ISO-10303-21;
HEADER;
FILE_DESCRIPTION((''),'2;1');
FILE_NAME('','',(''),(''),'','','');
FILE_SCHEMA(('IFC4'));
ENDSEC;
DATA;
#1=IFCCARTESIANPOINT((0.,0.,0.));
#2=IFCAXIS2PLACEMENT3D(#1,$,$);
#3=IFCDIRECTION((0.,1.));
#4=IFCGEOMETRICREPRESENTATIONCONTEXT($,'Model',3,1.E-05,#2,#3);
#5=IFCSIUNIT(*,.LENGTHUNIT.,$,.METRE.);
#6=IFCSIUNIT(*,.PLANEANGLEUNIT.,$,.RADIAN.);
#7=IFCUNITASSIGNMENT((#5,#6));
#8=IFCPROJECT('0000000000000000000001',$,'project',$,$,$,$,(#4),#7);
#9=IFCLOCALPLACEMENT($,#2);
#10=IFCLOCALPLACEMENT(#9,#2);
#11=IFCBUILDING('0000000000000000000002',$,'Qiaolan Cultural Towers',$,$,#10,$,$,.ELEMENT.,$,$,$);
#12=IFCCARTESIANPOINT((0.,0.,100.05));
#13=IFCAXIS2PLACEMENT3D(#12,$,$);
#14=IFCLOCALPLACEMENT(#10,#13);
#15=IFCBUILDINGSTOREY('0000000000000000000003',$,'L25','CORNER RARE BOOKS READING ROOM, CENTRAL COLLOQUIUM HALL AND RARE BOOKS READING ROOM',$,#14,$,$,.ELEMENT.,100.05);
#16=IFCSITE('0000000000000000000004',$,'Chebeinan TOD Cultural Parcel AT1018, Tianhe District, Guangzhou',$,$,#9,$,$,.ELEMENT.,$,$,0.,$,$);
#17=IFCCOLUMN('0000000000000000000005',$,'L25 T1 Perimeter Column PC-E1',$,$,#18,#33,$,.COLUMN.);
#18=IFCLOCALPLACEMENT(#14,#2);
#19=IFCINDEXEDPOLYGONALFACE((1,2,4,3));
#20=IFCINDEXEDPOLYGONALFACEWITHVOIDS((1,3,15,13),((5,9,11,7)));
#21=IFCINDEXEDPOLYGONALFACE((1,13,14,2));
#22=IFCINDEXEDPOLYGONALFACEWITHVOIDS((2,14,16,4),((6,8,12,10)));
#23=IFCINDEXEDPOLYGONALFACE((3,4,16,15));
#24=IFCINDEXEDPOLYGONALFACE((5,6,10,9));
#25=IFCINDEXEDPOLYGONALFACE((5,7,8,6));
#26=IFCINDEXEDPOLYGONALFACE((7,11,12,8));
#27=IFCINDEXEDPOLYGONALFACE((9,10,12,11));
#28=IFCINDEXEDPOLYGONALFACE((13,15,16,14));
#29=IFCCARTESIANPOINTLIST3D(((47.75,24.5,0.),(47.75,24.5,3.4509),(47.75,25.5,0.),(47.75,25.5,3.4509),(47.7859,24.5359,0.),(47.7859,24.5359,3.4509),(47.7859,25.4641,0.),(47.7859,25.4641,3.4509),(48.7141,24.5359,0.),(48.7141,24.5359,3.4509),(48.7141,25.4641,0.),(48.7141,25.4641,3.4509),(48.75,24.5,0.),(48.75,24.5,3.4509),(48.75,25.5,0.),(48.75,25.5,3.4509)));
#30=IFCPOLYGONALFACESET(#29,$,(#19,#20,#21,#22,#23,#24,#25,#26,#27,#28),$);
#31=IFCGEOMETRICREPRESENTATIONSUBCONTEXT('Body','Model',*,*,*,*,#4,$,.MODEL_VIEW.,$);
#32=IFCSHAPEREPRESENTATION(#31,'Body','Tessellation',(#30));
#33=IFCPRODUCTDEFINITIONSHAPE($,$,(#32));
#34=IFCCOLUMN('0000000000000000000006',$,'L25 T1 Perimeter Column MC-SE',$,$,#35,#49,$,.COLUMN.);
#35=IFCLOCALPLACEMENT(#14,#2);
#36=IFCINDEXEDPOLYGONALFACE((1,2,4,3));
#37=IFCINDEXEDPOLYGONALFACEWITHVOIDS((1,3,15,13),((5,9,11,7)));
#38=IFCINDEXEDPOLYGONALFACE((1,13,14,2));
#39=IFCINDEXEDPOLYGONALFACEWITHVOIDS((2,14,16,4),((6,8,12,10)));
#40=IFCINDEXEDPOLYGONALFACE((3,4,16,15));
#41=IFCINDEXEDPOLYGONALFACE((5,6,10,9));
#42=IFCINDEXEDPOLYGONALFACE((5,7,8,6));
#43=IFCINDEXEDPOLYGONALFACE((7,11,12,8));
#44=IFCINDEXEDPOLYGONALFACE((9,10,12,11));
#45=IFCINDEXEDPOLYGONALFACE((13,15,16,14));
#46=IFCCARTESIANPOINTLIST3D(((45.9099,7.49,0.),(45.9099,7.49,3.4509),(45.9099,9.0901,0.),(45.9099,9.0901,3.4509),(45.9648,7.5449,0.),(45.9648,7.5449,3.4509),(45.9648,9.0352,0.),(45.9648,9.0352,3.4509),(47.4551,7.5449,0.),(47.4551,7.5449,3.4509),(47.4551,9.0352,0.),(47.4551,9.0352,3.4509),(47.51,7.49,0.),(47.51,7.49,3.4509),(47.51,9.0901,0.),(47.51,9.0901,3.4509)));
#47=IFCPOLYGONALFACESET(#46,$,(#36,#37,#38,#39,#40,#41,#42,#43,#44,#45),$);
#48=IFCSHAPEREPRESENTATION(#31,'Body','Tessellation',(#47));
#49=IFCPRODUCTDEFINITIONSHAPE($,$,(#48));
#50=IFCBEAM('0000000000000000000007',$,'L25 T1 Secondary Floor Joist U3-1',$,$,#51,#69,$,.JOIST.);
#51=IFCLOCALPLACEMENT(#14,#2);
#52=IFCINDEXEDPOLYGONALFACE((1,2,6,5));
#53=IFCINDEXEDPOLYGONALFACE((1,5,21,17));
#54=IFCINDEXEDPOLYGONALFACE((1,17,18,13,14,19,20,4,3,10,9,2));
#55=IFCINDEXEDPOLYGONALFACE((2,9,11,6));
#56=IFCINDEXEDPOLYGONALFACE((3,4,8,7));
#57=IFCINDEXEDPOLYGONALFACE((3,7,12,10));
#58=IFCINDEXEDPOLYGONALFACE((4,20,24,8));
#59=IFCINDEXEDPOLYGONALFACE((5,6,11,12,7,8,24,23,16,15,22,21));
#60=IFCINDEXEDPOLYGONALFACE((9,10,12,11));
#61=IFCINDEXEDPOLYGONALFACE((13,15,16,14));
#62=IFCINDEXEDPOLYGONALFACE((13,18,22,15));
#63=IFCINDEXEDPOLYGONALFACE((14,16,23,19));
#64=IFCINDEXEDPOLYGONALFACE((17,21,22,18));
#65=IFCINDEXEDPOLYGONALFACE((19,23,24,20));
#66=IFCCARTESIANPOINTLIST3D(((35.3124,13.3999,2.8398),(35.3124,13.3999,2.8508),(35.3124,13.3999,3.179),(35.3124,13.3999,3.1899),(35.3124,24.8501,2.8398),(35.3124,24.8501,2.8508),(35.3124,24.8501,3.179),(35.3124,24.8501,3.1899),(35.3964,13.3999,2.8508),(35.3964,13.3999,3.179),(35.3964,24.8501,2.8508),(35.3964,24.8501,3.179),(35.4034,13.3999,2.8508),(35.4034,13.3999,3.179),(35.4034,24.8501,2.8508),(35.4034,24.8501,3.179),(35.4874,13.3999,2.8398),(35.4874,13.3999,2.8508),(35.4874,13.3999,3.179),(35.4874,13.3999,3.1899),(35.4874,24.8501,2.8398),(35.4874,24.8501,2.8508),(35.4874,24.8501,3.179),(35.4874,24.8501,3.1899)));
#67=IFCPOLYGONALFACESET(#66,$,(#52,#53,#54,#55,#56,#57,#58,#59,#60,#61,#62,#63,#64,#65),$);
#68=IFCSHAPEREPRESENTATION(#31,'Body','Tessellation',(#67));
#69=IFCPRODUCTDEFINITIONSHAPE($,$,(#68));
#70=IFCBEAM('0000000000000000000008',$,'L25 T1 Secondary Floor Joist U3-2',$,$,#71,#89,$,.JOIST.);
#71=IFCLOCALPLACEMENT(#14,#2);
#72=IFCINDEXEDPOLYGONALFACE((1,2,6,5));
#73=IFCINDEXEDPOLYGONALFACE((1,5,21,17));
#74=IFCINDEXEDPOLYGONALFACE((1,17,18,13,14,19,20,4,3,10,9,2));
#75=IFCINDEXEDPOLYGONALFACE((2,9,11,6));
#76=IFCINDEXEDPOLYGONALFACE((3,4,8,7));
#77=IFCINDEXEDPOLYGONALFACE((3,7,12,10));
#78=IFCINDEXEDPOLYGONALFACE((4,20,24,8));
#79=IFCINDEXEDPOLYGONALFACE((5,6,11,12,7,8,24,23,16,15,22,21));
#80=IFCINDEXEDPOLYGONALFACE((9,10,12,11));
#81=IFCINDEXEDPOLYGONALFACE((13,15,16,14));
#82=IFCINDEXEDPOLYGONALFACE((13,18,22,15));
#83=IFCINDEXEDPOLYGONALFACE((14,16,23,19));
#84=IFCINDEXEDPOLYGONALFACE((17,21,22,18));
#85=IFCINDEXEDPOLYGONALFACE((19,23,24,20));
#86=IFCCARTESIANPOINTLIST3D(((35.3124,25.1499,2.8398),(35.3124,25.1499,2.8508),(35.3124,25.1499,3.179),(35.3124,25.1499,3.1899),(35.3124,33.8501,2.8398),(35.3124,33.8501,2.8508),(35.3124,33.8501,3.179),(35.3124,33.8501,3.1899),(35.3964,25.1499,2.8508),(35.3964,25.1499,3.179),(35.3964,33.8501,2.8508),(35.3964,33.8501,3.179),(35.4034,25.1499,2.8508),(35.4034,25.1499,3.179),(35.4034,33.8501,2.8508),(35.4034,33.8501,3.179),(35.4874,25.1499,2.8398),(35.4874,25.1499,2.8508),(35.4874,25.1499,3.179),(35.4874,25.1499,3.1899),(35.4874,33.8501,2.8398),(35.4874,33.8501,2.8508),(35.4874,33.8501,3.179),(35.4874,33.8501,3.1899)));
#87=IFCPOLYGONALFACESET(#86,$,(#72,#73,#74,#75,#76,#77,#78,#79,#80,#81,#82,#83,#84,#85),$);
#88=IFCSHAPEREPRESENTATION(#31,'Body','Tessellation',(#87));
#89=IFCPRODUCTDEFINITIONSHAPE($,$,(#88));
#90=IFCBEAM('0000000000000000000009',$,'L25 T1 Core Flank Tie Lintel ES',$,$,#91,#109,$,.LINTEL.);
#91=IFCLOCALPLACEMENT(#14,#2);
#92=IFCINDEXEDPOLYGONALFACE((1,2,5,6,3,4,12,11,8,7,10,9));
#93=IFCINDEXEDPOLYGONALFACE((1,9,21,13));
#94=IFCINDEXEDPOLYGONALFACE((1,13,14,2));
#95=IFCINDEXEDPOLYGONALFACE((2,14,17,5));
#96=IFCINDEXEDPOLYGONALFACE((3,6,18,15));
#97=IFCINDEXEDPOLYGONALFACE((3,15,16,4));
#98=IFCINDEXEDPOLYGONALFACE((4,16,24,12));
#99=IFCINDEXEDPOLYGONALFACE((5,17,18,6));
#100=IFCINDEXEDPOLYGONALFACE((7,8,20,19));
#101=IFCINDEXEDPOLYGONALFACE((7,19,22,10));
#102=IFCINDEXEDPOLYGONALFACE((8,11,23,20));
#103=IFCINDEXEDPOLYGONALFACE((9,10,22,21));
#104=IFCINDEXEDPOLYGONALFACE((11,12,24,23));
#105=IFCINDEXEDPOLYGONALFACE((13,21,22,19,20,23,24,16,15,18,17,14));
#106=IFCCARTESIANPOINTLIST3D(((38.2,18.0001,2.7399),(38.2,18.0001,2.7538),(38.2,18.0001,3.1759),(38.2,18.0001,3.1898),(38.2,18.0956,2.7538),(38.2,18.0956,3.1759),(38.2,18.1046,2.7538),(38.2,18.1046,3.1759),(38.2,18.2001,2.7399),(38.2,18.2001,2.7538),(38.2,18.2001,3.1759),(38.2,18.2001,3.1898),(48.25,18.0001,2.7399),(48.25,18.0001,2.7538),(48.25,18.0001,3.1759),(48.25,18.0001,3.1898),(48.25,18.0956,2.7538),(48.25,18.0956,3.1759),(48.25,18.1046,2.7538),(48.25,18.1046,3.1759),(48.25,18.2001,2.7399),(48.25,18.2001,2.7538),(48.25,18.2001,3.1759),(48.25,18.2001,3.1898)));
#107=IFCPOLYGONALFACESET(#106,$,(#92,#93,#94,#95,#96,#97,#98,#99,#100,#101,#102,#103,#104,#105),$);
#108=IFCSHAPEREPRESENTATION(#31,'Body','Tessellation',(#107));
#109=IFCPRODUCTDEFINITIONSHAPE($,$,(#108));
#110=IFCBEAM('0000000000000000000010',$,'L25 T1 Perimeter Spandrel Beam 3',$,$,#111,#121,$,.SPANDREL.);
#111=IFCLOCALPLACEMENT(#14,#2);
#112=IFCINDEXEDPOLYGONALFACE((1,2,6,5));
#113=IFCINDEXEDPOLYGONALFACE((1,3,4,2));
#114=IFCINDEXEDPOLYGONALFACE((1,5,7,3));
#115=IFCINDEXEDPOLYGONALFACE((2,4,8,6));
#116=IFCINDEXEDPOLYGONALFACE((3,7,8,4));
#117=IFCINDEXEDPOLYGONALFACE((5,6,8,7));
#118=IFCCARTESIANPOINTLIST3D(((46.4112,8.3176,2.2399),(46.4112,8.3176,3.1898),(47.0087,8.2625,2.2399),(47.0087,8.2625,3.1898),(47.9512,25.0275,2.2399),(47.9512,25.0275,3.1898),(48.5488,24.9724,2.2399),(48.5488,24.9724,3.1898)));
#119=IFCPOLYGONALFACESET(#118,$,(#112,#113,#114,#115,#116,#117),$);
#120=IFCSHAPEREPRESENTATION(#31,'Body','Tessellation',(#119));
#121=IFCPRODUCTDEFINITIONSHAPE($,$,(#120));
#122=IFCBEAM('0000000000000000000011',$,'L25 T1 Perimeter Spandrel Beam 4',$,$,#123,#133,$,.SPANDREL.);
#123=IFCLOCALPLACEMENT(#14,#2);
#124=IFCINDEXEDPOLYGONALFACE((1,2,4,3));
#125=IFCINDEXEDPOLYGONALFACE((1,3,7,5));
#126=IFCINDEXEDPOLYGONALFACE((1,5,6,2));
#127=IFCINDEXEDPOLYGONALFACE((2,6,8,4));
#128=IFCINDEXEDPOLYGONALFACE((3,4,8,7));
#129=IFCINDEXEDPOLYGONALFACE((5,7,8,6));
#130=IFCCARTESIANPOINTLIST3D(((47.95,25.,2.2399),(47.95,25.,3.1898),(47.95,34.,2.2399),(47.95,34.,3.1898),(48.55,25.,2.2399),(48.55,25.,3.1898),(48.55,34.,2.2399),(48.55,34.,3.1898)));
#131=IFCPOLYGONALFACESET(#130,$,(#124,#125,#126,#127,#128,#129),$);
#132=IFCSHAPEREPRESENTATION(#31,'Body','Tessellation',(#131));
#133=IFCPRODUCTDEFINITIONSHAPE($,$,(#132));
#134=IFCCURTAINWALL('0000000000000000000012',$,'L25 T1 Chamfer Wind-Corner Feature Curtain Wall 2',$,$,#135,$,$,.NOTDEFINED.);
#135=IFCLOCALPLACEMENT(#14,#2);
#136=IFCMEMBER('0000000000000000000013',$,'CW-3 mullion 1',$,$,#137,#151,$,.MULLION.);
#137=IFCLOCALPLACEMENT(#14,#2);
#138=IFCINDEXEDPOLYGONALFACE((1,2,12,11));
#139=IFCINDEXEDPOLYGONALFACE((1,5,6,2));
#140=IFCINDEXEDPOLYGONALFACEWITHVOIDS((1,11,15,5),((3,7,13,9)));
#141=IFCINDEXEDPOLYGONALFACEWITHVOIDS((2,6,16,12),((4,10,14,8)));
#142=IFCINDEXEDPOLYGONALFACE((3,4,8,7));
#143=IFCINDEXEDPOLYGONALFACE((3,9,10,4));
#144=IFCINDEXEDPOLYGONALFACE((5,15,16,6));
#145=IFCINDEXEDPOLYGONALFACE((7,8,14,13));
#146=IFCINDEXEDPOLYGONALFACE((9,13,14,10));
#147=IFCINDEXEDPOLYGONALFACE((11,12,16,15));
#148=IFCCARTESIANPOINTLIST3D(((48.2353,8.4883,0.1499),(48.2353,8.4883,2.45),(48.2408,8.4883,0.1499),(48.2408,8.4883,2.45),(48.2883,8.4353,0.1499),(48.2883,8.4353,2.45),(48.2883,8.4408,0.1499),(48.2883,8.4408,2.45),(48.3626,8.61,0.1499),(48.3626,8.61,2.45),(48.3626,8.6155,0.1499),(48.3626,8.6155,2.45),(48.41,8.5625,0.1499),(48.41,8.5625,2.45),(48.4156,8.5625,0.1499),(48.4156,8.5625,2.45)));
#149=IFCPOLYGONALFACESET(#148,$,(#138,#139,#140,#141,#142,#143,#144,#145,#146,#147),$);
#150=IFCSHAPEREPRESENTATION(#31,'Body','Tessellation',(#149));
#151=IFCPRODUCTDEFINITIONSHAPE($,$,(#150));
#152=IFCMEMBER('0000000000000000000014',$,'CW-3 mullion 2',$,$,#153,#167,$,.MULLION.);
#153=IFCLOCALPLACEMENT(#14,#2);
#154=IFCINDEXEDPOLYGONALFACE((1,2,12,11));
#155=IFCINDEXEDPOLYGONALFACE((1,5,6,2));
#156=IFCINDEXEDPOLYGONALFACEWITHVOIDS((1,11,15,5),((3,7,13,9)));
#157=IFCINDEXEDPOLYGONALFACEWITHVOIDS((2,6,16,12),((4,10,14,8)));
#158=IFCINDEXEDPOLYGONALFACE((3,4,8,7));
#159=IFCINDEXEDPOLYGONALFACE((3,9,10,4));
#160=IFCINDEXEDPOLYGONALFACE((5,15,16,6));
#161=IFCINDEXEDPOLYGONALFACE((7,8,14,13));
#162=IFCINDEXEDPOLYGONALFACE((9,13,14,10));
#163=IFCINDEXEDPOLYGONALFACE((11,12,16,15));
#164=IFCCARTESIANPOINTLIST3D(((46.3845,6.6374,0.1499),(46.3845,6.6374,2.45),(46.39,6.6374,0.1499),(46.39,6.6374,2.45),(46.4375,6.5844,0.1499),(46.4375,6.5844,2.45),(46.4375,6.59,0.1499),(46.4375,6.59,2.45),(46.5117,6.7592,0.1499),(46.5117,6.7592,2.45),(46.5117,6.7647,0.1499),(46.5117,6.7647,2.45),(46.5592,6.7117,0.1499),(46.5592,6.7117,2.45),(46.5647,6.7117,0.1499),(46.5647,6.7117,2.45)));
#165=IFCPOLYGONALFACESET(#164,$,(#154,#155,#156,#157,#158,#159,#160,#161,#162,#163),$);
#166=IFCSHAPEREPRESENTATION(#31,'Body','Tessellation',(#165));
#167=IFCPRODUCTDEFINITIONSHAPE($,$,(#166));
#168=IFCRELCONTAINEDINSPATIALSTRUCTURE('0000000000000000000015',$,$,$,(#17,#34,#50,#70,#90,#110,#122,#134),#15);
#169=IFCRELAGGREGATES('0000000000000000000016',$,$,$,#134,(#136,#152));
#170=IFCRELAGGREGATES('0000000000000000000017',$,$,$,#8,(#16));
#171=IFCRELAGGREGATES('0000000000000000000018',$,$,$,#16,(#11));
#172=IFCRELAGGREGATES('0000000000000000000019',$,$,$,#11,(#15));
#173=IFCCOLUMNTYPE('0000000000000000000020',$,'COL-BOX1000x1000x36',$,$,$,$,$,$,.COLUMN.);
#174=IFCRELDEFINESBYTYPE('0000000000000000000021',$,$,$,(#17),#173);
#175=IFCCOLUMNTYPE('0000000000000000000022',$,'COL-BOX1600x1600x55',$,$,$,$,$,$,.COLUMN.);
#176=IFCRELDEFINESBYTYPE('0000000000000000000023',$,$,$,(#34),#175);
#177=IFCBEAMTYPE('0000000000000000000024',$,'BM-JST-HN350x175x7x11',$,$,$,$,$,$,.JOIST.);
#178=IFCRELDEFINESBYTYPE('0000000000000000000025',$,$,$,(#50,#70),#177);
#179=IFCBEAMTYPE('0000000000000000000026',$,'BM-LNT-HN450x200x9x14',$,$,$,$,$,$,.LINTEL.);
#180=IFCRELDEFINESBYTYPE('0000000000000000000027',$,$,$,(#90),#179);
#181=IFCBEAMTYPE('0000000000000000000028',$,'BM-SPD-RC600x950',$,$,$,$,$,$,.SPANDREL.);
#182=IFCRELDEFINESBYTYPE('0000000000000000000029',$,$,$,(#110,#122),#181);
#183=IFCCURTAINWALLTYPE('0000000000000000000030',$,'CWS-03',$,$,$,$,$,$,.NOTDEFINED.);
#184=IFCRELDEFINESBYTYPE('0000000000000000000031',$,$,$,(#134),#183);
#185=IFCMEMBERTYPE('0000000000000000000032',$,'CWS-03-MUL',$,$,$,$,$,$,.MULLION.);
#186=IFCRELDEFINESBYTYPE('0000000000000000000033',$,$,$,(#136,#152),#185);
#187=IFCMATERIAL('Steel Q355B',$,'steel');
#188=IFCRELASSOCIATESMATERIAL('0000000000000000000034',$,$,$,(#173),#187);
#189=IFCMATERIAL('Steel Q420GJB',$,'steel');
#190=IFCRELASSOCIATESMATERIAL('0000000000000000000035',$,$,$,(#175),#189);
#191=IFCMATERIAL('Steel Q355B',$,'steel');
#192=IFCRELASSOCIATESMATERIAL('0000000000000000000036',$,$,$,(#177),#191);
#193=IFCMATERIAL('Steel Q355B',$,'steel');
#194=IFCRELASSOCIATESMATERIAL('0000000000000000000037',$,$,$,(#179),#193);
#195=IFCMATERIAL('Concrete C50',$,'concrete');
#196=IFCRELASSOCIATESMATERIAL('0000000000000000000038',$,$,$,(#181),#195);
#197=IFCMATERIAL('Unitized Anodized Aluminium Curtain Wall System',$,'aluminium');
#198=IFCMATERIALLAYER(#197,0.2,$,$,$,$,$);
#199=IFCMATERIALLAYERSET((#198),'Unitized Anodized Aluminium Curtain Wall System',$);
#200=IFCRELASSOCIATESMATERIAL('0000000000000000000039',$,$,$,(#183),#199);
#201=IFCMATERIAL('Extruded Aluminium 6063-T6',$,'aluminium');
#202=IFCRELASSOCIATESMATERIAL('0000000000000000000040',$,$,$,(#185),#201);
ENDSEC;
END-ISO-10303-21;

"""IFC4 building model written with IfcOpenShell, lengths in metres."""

from ifc_helpers import new_model, si_unit, direction, frame, origin, origin_2d, place, context, subcontext, project, spatial, rectangle, hollow_rectangle, i_section, extrude, material, layer, layer_set, material_profile, profile_set, type_object, element, aggregate, save


model = new_model("IFC4")

# Units and contexts
model_context = context("Model", 3, precision=1e-05, world=origin(), true_north=direction((0.0, 1.0)))
body_context = subcontext(model_context, "Body", "Model", "MODEL_VIEW")
ifc_project = project(units=[si_unit("LENGTHUNIT", "METRE"), si_unit("PLANEANGLEUNIT", "RADIAN")], contexts=[model_context])

# Site, building, storey
site_placement = place(None, origin())
site = spatial("IfcSite", under=ifc_project, at=site_placement, Name="Chebeinan TOD Cultural Parcel AT1018, Tianhe District, Guangzhou", CompositionType="ELEMENT", RefElevation=0.0)
building_placement = place(site_placement, origin())
building = spatial("IfcBuilding", under=site, at=building_placement, Name="Qiaolan Cultural Towers", CompositionType="ELEMENT")
storey_placement = place(building_placement, frame((0.0, 0.0, 100.05)))
storey = spatial("IfcBuildingStorey", under=building, at=storey_placement, Name="L25", Description="CORNER RARE BOOKS READING ROOM, CENTRAL COLLOQUIUM HALL AND RARE BOOKS READING ROOM", CompositionType="ELEMENT", Elevation=100.05)

# Columns
ifc_material_1 = material(Name="Steel Q355B", Category="steel")
ifc_material_profile_1 = material_profile(ifc_material_1, hollow_rectangle(XDim=1.0, YDim=1.0, WallThickness=0.0359, at=origin_2d()), Name="BOX1000x1000x36")
ifc_profile_set_1 = profile_set([ifc_material_profile_1], Name="Steel Q355B")
column_type_1 = type_object("IfcColumnType", Name="COL-BOX1000x1000x36", PredefinedType="COLUMN", material=ifc_profile_set_1)
column_1_placement = place(storey_placement, frame((48.25, 25.0, 0.0), z_axis=(0.0, 0.0, 1.0), x_axis=(1.0, 0.0, 0.0)))
element("IfcColumn", 1, at=column_1_placement, inside=storey, type_object=column_type_1, Name="L25 T1 Perimeter Column PC-E1", PredefinedType="COLUMN", context=body_context, shape_type="SweptSolid", body=[
    extrude(hollow_rectangle(XDim=1.0, YDim=1.0, WallThickness=0.0359, at=origin_2d()), origin(), (0.0, 0.0, 1.0), 3.4509),
])
ifc_material_2 = material(Name="Steel Q420GJB", Category="steel")
ifc_material_profile_2 = material_profile(ifc_material_2, hollow_rectangle(XDim=1.6001, YDim=1.6001, WallThickness=0.0549, at=origin_2d()), Name="BOX1600x1600x55")
ifc_profile_set_2 = profile_set([ifc_material_profile_2], Name="Steel Q420GJB")
column_type_2 = type_object("IfcColumnType", Name="COL-BOX1600x1600x55", PredefinedType="COLUMN", material=ifc_profile_set_2)
column_2_placement = place(storey_placement, frame((46.71, 8.29, 0.0), z_axis=(0.0, 0.0, 1.0), x_axis=(1.0, 0.0, 0.0)))
element("IfcColumn", 2, at=column_2_placement, inside=storey, type_object=column_type_2, Name="L25 T1 Perimeter Column MC-SE", PredefinedType="COLUMN", context=body_context, shape_type="SweptSolid", body=[
    extrude(hollow_rectangle(XDim=1.6001, YDim=1.6001, WallThickness=0.0549, at=origin_2d()), origin(), (0.0, 0.0, 1.0), 3.4509),
])

# Beams
ifc_material_3 = material(Name="Steel Q355B", Category="steel")
ifc_material_profile_3 = material_profile(ifc_material_3, i_section(OverallWidth=0.175, OverallDepth=0.3501, WebThickness=0.0071, FlangeThickness=0.011, at=origin_2d()), Name="HN350x175x7x11")
ifc_profile_set_3 = profile_set([ifc_material_profile_3], Name="Steel Q355B")
beam_type_1 = type_object("IfcBeamType", Name="BM-JST-HN350x175x7x11", PredefinedType="JOIST", material=ifc_profile_set_3)
beam_1_placement = place(storey_placement, frame((35.3999, 13.3999, 3.0149), z_axis=(0.0, 1.0, 0.0), x_axis=(-1.0, 0.0, 0.0)))
element("IfcBeam", 3, at=beam_1_placement, inside=storey, type_object=beam_type_1, Name="L25 T1 Secondary Floor Joist U3-1", PredefinedType="JOIST", context=body_context, shape_type="SweptSolid", body=[
    extrude(i_section(OverallWidth=0.175, OverallDepth=0.3501, WebThickness=0.0071, FlangeThickness=0.011, at=origin_2d()), origin(), (0.0, 0.0, 1.0), 11.4502),
])
beam_2_placement = place(storey_placement, frame((35.3999, 25.1499, 3.0149), z_axis=(0.0, 1.0, 0.0), x_axis=(-1.0, 0.0, 0.0)))
element("IfcBeam", 4, at=beam_2_placement, inside=storey, type_object=beam_type_1, Name="L25 T1 Secondary Floor Joist U3-2", PredefinedType="JOIST", context=body_context, shape_type="SweptSolid", body=[
    extrude(i_section(OverallWidth=0.175, OverallDepth=0.3501, WebThickness=0.0071, FlangeThickness=0.011, at=origin_2d()), origin(), (0.0, 0.0, 1.0), 8.7002),
])
ifc_material_4 = material(Name="Steel Q355B", Category="steel")
ifc_material_profile_4 = material_profile(ifc_material_4, i_section(OverallWidth=0.2, OverallDepth=0.45, WebThickness=0.009, FlangeThickness=0.0139, at=origin_2d()), Name="HN450x200x9x14")
ifc_profile_set_4 = profile_set([ifc_material_profile_4], Name="Steel Q355B")
beam_type_2 = type_object("IfcBeamType", Name="BM-LNT-HN450x200x9x14", PredefinedType="LINTEL", material=ifc_profile_set_4)
beam_3_placement = place(storey_placement, frame((38.2, 18.1001, 2.9648), z_axis=(1.0, 0.0, 0.0), x_axis=(0.0, 1.0, 0.0)))
element("IfcBeam", 5, at=beam_3_placement, inside=storey, type_object=beam_type_2, Name="L25 T1 Core Flank Tie Lintel ES", PredefinedType="LINTEL", context=body_context, shape_type="SweptSolid", body=[
    extrude(i_section(OverallWidth=0.2, OverallDepth=0.45, WebThickness=0.009, FlangeThickness=0.0139, at=origin_2d()), origin(), (0.0, 0.0, 1.0), 10.05),
])
ifc_material_5 = material(Name="Concrete C50", Category="concrete")
ifc_material_profile_5 = material_profile(ifc_material_5, rectangle(XDim=0.6001, YDim=0.95, at=origin_2d()), Name="RC600x950")
ifc_profile_set_5 = profile_set([ifc_material_profile_5], Name="Concrete C50")
beam_type_3 = type_object("IfcBeamType", Name="BM-SPD-RC600x950", PredefinedType="SPANDREL", material=ifc_profile_set_5)
beam_4_placement = place(storey_placement, frame((46.71, 8.29, 2.7148), z_axis=(0.091774, 0.99578, 0.0), x_axis=(-0.99578, 0.091774, 0.0)))
element("IfcBeam", 6, at=beam_4_placement, inside=storey, type_object=beam_type_3, Name="L25 T1 Perimeter Spandrel Beam 3", PredefinedType="SPANDREL", context=body_context, shape_type="SweptSolid", body=[
    extrude(rectangle(XDim=0.6001, YDim=0.95, at=origin_2d()), origin(), (0.0, 0.0, 1.0), 16.7808),
])
beam_5_placement = place(storey_placement, frame((48.25, 25.0, 2.7148), z_axis=(0.0, 1.0, 0.0), x_axis=(-1.0, 0.0, 0.0)))
element("IfcBeam", 7, at=beam_5_placement, inside=storey, type_object=beam_type_3, Name="L25 T1 Perimeter Spandrel Beam 4", PredefinedType="SPANDREL", context=body_context, shape_type="SweptSolid", body=[
    extrude(rectangle(XDim=0.6001, YDim=0.95, at=origin_2d()), origin(), (0.0, 0.0, 1.0), 9.0),
])

# Curtain wall, members
ifc_material_6 = material(Name="Unitized Anodized Aluminium Curtain Wall System", Category="aluminium")
ifc_layer_1 = layer(ifc_material_6, 0.2)
ifc_layer_set_1 = layer_set([ifc_layer_1], Name="Unitized Anodized Aluminium Curtain Wall System")
curtain_wall_type = type_object("IfcCurtainWallType", Name="CWS-03", PredefinedType="NOTDEFINED", material=ifc_layer_set_1)
curtain_wall_placement = place(storey_placement, origin())
curtain_wall = element("IfcCurtainWall", 8, at=curtain_wall_placement, inside=storey, type_object=curtain_wall_type, Name="L25 T1 Chamfer Wind-Corner Feature Curtain Wall 2", PredefinedType="NOTDEFINED")
ifc_material_7 = material(Name="Extruded Aluminium 6063-T6", Category="aluminium")
ifc_material_profile_6 = material_profile(ifc_material_7, hollow_rectangle(XDim=0.075, YDim=0.1799, WallThickness=0.0039, at=origin_2d()), Name="CWM-180x75x4")
ifc_profile_set_6 = profile_set([ifc_material_profile_6], Name="Extruded Aluminium 6063-T6")
member_type_1 = type_object("IfcMemberType", Name="CWS-03-MUL", PredefinedType="MULLION", material=ifc_profile_set_6)
member_1_placement = place(storey_placement, frame((48.3254, 8.5254, 0.1499), z_axis=(0.0, 0.0, 1.0), x_axis=(0.707107, -0.707107, 0.0)))
member_1 = element("IfcMember", 9, at=member_1_placement, type_object=member_type_1, Name="CW-3 mullion 1", PredefinedType="MULLION", context=body_context, shape_type="SweptSolid", body=[
    extrude(hollow_rectangle(XDim=0.075, YDim=0.1799, WallThickness=0.0039, at=origin_2d()), origin(), (0.0, 0.0, 1.0), 2.3),
])
member_2_placement = place(storey_placement, frame((46.4746, 6.6746, 0.1499), z_axis=(0.0, 0.0, 1.0), x_axis=(0.707107, -0.707107, 0.0)))
member_2 = element("IfcMember", 10, at=member_2_placement, type_object=member_type_1, Name="CW-3 mullion 2", PredefinedType="MULLION", context=body_context, shape_type="SweptSolid", body=[
    extrude(hollow_rectangle(XDim=0.075, YDim=0.1799, WallThickness=0.0039, at=origin_2d()), origin(), (0.0, 0.0, 1.0), 2.3),
])
aggregate(curtain_wall, [member_1, member_2])

save(model, "model.ifc")
